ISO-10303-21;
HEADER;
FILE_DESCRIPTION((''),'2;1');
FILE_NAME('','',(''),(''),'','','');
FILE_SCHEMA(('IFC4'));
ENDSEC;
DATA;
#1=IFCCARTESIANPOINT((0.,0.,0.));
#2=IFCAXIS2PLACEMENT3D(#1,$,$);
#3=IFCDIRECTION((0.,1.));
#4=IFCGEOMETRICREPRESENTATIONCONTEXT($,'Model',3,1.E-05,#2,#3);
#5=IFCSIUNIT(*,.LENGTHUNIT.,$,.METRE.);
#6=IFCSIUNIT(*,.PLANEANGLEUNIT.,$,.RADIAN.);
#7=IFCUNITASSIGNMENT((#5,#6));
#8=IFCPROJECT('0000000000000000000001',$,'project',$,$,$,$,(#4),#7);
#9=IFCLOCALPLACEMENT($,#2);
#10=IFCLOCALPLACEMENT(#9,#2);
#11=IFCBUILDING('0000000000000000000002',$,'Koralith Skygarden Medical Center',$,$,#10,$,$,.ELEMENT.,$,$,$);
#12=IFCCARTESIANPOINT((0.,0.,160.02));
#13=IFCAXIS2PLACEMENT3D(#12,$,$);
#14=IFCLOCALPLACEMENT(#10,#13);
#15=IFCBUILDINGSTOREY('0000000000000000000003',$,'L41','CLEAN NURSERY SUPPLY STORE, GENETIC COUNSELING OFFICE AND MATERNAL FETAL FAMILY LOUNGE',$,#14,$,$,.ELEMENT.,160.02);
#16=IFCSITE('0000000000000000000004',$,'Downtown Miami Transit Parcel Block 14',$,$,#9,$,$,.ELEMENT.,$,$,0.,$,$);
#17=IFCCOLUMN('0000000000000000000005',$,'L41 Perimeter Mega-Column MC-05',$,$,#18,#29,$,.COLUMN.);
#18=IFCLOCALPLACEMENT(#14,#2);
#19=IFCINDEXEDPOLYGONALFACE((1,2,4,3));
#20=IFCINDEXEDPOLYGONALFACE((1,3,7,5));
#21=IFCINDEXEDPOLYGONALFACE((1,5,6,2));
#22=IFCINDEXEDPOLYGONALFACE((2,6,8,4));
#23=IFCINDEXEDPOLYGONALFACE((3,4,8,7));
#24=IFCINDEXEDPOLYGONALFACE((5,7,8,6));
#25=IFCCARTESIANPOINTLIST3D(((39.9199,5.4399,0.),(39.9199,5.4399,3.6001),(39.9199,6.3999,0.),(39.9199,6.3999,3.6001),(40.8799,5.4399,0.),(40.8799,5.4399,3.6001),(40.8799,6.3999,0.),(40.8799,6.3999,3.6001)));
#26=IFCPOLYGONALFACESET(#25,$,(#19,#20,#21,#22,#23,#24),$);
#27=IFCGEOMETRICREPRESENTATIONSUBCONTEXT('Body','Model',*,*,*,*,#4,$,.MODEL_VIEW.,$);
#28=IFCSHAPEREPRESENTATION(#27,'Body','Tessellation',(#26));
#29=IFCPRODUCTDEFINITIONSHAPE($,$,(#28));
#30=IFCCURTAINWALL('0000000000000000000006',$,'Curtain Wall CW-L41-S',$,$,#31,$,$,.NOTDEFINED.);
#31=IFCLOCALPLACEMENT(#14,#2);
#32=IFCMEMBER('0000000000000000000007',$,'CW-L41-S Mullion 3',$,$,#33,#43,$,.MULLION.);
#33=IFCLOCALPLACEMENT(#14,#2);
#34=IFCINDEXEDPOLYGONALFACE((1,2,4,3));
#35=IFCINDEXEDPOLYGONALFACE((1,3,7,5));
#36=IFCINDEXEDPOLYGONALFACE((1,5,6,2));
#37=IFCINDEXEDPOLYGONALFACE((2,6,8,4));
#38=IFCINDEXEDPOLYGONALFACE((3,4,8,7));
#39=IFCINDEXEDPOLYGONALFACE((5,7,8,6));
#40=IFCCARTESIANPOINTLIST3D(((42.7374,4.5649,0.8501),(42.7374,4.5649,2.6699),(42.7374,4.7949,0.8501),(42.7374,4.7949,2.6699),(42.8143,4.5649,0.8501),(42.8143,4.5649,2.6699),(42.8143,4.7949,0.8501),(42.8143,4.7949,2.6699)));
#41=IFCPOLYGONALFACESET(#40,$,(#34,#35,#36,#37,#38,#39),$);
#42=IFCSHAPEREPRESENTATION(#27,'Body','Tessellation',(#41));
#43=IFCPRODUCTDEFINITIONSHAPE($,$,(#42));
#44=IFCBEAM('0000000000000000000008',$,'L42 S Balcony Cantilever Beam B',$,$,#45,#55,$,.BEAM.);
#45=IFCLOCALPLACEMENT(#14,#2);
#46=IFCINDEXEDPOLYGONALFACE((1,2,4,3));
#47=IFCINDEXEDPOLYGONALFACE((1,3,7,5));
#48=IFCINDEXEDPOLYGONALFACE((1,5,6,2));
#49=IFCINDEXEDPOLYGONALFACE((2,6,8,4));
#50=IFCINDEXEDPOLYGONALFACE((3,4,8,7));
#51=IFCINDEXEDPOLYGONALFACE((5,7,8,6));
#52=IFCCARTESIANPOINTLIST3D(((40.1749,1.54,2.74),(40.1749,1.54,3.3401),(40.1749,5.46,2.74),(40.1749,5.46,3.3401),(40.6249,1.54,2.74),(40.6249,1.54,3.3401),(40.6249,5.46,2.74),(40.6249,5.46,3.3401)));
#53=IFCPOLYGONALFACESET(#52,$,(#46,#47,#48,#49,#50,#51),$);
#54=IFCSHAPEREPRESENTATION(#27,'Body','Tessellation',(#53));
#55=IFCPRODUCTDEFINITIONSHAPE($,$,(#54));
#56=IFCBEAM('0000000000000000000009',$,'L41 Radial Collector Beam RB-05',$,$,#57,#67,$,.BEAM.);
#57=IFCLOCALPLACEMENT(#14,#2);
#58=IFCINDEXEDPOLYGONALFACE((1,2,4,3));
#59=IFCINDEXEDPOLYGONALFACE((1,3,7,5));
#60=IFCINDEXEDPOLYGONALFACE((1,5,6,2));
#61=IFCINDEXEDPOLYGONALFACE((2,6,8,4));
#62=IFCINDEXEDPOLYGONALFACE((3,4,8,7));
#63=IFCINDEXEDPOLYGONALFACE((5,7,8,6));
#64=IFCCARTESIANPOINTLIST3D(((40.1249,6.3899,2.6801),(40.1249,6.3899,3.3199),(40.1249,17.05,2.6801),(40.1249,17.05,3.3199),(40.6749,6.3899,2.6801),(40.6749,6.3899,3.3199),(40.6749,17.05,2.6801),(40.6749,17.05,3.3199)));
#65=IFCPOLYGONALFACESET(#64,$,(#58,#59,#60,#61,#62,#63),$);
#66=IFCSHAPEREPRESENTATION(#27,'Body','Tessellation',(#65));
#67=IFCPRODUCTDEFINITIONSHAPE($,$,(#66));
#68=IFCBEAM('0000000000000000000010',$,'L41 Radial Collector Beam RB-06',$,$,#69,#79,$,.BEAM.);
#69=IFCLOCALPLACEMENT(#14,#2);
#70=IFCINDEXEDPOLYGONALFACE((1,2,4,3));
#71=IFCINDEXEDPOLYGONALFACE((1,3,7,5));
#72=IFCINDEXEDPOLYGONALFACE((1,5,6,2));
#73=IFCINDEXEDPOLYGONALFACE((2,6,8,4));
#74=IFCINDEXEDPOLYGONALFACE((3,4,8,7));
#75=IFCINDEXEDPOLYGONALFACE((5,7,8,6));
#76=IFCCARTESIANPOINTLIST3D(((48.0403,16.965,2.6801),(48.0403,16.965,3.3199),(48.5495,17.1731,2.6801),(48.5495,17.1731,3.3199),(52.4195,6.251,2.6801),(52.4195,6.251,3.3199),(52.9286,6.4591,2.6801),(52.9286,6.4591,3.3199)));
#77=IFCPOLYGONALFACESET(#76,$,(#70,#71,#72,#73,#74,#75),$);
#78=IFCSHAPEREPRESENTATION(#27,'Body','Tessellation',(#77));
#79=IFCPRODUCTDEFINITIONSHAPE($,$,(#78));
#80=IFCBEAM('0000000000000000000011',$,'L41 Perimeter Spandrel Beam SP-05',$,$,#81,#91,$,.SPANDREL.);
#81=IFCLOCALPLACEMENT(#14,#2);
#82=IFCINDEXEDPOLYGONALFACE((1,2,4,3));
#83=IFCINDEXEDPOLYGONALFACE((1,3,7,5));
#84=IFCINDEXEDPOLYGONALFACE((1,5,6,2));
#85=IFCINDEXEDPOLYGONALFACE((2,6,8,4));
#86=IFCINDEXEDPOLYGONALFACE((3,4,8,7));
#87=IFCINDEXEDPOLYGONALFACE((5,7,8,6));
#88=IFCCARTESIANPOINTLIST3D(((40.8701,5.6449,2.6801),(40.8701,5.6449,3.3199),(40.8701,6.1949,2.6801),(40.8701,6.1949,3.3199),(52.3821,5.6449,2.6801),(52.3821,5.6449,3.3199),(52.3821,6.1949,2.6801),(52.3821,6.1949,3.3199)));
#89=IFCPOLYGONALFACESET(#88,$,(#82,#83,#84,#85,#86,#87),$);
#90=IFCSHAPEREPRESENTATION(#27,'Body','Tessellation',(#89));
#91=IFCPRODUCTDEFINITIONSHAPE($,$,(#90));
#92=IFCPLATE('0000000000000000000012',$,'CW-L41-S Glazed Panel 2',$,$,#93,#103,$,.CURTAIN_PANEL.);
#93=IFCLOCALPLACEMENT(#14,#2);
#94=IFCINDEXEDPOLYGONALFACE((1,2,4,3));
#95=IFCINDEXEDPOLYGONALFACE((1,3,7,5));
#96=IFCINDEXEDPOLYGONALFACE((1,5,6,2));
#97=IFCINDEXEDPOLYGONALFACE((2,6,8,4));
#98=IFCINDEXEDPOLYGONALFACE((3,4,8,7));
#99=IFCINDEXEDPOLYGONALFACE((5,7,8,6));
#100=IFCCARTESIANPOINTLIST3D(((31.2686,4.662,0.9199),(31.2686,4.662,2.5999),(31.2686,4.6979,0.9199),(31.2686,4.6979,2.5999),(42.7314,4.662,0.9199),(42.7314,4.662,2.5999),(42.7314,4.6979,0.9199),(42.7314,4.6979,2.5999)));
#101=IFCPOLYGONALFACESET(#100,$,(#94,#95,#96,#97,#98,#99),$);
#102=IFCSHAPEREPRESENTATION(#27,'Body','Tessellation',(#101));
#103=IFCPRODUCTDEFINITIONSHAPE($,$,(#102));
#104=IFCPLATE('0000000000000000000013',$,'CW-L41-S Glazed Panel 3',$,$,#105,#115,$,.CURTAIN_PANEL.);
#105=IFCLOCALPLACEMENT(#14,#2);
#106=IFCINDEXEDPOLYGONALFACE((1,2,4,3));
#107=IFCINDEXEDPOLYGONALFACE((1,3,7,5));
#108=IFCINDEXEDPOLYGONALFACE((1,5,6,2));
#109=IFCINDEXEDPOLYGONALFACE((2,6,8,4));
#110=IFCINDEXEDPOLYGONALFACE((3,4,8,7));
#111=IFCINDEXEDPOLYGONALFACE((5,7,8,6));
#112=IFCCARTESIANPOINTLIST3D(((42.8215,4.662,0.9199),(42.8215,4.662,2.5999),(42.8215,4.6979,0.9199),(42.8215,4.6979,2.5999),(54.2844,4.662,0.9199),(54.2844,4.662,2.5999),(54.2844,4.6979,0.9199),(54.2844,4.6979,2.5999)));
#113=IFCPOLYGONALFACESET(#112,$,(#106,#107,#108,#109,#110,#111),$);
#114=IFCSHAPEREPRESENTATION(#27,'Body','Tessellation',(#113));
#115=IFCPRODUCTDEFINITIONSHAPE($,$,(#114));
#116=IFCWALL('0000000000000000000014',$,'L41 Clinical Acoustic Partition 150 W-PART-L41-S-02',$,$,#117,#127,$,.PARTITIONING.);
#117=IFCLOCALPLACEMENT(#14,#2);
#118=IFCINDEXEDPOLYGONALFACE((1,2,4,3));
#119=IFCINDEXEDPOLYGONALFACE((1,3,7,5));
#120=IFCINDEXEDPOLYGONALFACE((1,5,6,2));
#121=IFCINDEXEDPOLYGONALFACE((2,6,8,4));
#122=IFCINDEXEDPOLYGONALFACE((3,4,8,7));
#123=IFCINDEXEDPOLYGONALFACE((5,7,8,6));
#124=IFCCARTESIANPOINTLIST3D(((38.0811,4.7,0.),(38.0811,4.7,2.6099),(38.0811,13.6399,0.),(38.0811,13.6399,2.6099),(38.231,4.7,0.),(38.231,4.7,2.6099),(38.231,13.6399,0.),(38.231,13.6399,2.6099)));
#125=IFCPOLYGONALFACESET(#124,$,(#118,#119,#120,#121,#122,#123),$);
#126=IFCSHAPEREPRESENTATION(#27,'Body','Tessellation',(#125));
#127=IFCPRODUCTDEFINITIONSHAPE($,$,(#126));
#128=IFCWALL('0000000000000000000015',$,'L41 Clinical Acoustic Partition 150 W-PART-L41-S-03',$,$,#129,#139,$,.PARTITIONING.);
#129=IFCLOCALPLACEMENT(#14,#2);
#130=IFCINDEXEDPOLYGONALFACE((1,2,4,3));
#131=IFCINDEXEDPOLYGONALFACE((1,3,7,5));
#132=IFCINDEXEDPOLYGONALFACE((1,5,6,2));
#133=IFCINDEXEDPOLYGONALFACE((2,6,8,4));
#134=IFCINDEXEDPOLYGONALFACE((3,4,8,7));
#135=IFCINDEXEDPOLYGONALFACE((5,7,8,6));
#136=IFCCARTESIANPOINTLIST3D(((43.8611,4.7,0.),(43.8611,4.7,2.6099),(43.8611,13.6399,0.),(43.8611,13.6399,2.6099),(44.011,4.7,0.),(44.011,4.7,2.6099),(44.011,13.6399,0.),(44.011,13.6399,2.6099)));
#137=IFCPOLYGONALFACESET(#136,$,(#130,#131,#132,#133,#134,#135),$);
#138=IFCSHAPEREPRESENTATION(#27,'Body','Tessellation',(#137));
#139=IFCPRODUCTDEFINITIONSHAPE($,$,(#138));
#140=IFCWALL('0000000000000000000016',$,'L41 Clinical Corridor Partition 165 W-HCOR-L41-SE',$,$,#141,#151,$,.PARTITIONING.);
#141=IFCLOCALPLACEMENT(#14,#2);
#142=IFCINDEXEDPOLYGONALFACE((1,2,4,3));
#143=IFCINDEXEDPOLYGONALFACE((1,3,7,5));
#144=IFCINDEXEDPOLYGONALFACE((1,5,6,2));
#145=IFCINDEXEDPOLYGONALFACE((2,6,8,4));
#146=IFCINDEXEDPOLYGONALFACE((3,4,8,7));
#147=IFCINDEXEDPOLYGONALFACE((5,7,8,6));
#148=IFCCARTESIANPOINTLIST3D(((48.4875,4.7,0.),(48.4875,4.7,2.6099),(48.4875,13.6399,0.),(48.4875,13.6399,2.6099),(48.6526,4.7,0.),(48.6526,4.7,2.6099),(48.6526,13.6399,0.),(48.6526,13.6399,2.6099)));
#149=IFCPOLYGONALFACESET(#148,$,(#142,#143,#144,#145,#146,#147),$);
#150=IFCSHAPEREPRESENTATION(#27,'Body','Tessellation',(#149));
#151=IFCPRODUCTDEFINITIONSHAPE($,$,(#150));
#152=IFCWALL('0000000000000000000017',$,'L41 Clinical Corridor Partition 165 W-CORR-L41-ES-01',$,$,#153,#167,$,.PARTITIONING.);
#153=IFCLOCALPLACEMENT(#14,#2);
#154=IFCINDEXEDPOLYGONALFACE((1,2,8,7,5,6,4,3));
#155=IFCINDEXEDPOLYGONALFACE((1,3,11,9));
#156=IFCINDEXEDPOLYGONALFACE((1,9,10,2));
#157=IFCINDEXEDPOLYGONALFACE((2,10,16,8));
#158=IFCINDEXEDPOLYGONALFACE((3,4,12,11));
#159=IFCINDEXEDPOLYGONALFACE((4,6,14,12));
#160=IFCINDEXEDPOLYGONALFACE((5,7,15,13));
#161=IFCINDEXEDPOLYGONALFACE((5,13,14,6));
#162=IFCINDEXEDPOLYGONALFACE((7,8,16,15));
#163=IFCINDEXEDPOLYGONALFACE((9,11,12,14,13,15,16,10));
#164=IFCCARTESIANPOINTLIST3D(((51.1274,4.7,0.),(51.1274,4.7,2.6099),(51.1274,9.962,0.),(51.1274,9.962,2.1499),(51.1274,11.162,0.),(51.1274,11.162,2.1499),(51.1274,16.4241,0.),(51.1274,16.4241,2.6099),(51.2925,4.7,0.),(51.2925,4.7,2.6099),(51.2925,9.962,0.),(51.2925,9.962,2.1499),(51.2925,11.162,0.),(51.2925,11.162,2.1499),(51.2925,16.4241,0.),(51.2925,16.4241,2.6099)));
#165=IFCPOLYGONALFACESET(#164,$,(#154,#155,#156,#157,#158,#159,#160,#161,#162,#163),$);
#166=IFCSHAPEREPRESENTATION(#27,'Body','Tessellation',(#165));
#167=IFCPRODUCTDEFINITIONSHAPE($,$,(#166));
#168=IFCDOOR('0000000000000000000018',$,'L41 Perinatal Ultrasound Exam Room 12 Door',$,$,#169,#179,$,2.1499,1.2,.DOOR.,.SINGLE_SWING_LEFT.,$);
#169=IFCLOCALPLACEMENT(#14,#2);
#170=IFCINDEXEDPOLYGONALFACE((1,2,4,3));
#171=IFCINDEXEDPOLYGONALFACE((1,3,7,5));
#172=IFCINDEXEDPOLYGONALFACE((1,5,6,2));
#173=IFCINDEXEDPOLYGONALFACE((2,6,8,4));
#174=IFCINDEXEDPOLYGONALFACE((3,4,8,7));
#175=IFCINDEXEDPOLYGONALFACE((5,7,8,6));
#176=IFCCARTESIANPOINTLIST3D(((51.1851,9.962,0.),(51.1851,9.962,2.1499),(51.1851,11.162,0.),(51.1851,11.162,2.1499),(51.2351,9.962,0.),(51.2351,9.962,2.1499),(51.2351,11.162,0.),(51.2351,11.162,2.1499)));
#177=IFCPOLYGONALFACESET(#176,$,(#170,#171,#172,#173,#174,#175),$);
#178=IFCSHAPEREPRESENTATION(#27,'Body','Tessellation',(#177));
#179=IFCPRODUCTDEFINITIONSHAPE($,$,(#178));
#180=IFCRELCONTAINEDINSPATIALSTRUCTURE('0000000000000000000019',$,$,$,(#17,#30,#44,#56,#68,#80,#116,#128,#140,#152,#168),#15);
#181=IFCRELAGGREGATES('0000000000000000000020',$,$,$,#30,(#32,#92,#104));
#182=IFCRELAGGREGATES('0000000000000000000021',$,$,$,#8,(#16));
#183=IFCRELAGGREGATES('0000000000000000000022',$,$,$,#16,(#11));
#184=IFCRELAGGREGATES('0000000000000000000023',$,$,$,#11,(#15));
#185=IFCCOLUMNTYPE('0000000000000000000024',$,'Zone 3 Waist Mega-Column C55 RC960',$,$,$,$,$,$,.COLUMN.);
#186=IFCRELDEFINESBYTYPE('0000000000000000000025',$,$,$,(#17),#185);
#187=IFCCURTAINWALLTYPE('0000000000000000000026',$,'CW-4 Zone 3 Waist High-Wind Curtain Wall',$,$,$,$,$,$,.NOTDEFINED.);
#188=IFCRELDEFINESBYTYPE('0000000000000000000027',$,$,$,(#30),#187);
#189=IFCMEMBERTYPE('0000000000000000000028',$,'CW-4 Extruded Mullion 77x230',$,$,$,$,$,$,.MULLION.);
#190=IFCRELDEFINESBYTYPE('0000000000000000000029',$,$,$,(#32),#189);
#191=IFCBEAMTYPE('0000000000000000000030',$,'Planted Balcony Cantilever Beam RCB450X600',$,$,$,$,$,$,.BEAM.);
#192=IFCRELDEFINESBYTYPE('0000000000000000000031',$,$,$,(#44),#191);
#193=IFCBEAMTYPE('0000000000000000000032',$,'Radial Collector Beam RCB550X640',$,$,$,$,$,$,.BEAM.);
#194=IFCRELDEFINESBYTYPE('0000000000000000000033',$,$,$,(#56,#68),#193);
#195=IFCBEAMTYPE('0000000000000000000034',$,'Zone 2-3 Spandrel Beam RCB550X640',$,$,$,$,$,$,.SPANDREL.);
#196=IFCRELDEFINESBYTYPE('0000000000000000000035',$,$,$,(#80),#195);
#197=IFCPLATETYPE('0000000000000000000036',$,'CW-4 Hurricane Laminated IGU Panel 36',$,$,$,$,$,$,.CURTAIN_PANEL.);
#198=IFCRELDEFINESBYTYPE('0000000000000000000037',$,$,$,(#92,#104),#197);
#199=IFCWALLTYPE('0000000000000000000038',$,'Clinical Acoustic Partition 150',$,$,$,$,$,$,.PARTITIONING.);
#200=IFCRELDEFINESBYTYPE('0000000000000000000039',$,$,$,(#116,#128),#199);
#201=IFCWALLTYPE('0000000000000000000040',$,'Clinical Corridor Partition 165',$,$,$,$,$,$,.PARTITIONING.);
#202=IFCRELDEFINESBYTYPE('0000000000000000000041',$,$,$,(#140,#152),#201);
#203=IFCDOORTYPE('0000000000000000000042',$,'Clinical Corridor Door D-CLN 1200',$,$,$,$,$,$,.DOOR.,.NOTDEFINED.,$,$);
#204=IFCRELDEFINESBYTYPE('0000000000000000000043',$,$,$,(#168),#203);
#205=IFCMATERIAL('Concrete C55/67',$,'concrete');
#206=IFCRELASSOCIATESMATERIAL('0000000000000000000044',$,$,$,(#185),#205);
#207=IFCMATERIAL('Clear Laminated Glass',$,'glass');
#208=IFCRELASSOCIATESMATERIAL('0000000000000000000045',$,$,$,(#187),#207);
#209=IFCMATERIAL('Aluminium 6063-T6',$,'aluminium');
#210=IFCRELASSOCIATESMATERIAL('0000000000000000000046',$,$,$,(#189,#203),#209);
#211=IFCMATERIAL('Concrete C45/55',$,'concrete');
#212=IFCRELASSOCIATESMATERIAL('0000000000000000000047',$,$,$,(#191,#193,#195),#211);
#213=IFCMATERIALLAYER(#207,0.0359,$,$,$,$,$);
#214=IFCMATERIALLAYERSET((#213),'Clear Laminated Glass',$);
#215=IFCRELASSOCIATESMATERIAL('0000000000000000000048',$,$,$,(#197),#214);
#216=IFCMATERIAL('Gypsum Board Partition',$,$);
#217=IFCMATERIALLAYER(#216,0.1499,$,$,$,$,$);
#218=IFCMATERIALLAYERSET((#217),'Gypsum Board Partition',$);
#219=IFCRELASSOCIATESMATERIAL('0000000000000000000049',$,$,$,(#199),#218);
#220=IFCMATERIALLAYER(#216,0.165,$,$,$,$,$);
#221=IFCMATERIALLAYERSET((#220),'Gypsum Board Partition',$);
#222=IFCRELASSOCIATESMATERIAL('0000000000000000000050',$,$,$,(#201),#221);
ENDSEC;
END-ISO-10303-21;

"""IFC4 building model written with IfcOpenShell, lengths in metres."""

from ifc_helpers import new_model, si_unit, direction, frame, frame_2d, origin, origin_2d, place, context, subcontext, project, spatial, rectangle, extrude, material, layer, layer_set, material_profile, profile_set, type_object, element, fill, aggregate, save


model = new_model("IFC4")

# Units and contexts
model_context = context("Model", 3, precision=1e-05, world=origin(), true_north=direction((0.0, 1.0)))
body_context = subcontext(model_context, "Body", "Model", "MODEL_VIEW")
ifc_project = project(units=[si_unit("LENGTHUNIT", "METRE"), si_unit("PLANEANGLEUNIT", "RADIAN")], contexts=[model_context])

# Site, building, storey
site_placement = place(None, origin())
site = spatial("IfcSite", under=ifc_project, at=site_placement, Name="Downtown Miami Transit Parcel Block 14", CompositionType="ELEMENT", RefElevation=0.0)
building_placement = place(site_placement, origin())
building = spatial("IfcBuilding", under=site, at=building_placement, Name="Koralith Skygarden Medical Center", CompositionType="ELEMENT")
storey_placement = place(building_placement, frame((0.0, 0.0, 160.02)))
storey = spatial("IfcBuildingStorey", under=building, at=storey_placement, Name="L41", Description="CLEAN NURSERY SUPPLY STORE, GENETIC COUNSELING OFFICE AND MATERNAL FETAL FAMILY LOUNGE", CompositionType="ELEMENT", Elevation=160.02)

# Column
ifc_material_1 = material(Name="Concrete C55/67", Category="concrete")
ifc_material_profile_1 = material_profile(ifc_material_1, rectangle(XDim=0.96, YDim=0.96, at=origin_2d()), Name="RC960X960")
ifc_profile_set_1 = profile_set([ifc_material_profile_1], Name="Concrete C55/67")
column_type = type_object("IfcColumnType", Name="Zone 3 Waist Mega-Column C55 RC960", PredefinedType="COLUMN", material=ifc_profile_set_1)
column_placement = place(storey_placement, frame((40.3999, 5.9199, 0.0), z_axis=(0.0, 0.0, 1.0), x_axis=(1.0, 0.0, 0.0)))
element("IfcColumn", 1, at=column_placement, inside=storey, type_object=column_type, Name="L41 Perimeter Mega-Column MC-05", PredefinedType="COLUMN", context=body_context, shape_type="SweptSolid", body=[
    extrude(rectangle(XDim=0.96, YDim=0.96, at=origin_2d()), origin(), (0.0, 0.0, 1.0), 3.6001),
])

# Curtain wall, member
ifc_material_2 = material(Name="Clear Laminated Glass", Category="glass")
curtain_wall_type = type_object("IfcCurtainWallType", Name="CW-4 Zone 3 Waist High-Wind Curtain Wall", PredefinedType="NOTDEFINED", material=ifc_material_2)
curtain_wall_placement = place(storey_placement, origin())
curtain_wall = element("IfcCurtainWall", 2, at=curtain_wall_placement, inside=storey, type_object=curtain_wall_type, Name="Curtain Wall CW-L41-S", PredefinedType="NOTDEFINED")
ifc_material_3 = material(Name="Aluminium 6063-T6", Category="aluminium")
ifc_material_profile_2 = material_profile(ifc_material_3, rectangle(XDim=0.0769, YDim=0.23, at=origin_2d()), Name="MUL77X230")
ifc_profile_set_2 = profile_set([ifc_material_profile_2], Name="Aluminium 6063-T6")
member_type = type_object("IfcMemberType", Name="CW-4 Extruded Mullion 77x230", PredefinedType="MULLION", material=ifc_profile_set_2)
member_placement = place(storey_placement, frame((42.7759, 4.6799, 0.8501), z_axis=(0.0, 0.0, 1.0), x_axis=(1.0, 0.0, 0.0)))
member = element("IfcMember", 3, at=member_placement, type_object=member_type, Name="CW-L41-S Mullion 3", PredefinedType="MULLION", context=body_context, shape_type="SweptSolid", body=[
    extrude(rectangle(XDim=0.0769, YDim=0.23, at=origin_2d()), origin(), (0.0, 0.0, 1.0), 1.8198),
])

# Beams
ifc_material_4 = material(Name="Concrete C45/55", Category="concrete")
ifc_material_profile_3 = material_profile(ifc_material_4, rectangle(XDim=0.45, YDim=0.6001, at=origin_2d()), Name="RCB450X600")
ifc_profile_set_3 = profile_set([ifc_material_profile_3], Name="Concrete C45/55")
beam_type_1 = type_object("IfcBeamType", Name="Planted Balcony Cantilever Beam RCB450X600", PredefinedType="BEAM", material=ifc_profile_set_3)
beam_1_placement = place(storey_placement, frame((40.3999, 5.46, 3.04), z_axis=(0.0, -1.0, 0.0), x_axis=(1.0, 0.0, 0.0)))
element("IfcBeam", 4, at=beam_1_placement, inside=storey, type_object=beam_type_1, Name="L42 S Balcony Cantilever Beam B", PredefinedType="BEAM", context=body_context, shape_type="SweptSolid", body=[
    extrude(rectangle(XDim=0.45, YDim=0.6001, at=origin_2d()), origin(), (0.0, 0.0, 1.0), 3.9199),
])
ifc_material_profile_4 = material_profile(ifc_material_4, rectangle(XDim=0.55, YDim=0.6399, at=origin_2d()), Name="RCB550X640")
ifc_profile_set_4 = profile_set([ifc_material_profile_4], Name="Concrete C45/55")
beam_type_2 = type_object("IfcBeamType", Name="Radial Collector Beam RCB550X640", PredefinedType="BEAM", material=ifc_profile_set_4)
beam_2_placement = place(storey_placement, frame((40.3999, 17.05, 3.0), z_axis=(0.0, -1.0, 0.0), x_axis=(1.0, 0.0, 0.0)))
element("IfcBeam", 5, at=beam_2_placement, inside=storey, type_object=beam_type_2, Name="L41 Radial Collector Beam RB-05", PredefinedType="BEAM", context=body_context, shape_type="SweptSolid", body=[
    extrude(rectangle(XDim=0.55, YDim=0.6399, at=origin_2d()), origin(), (0.0, 0.0, 1.0), 10.6602),
])
beam_3_placement = place(storey_placement, frame((48.2949, 17.0691, 3.0), z_axis=(0.378345, -0.925665, 0.0), x_axis=(0.925665, 0.378345, 0.0)))
element("IfcBeam", 6, at=beam_3_placement, inside=storey, type_object=beam_type_2, Name="L41 Radial Collector Beam RB-06", PredefinedType="BEAM", context=body_context, shape_type="SweptSolid", body=[
    extrude(rectangle(XDim=0.55, YDim=0.6399, at=origin_2d()), origin(), (0.0, 0.0, 1.0), 11.5745),
])
ifc_material_profile_5 = material_profile(ifc_material_4, rectangle(XDim=0.55, YDim=0.6399, at=origin_2d()), Name="RCB550X640")
ifc_profile_set_5 = profile_set([ifc_material_profile_5], Name="Concrete C45/55")
beam_type_3 = type_object("IfcBeamType", Name="Zone 2-3 Spandrel Beam RCB550X640", PredefinedType="SPANDREL", material=ifc_profile_set_5)
beam_4_placement = place(storey_placement, frame((40.8701, 5.9199, 3.0), z_axis=(1.0, 0.0, 0.0), x_axis=(0.0, 1.0, 0.0)))
element("IfcBeam", 7, at=beam_4_placement, inside=storey, type_object=beam_type_3, Name="L41 Perimeter Spandrel Beam SP-05", PredefinedType="SPANDREL", context=body_context, shape_type="SweptSolid", body=[
    extrude(rectangle(XDim=0.55, YDim=0.6399, at=origin_2d()), origin(), (0.0, 0.0, 1.0), 11.512),
])

# Plates
ifc_layer_1 = layer(ifc_material_2, 0.0359)
ifc_layer_set_1 = layer_set([ifc_layer_1], Name="Clear Laminated Glass")
plate_type = type_object("IfcPlateType", Name="CW-4 Hurricane Laminated IGU Panel 36", PredefinedType="CURTAIN_PANEL", material=ifc_layer_set_1)
plate_1_placement = place(storey_placement, frame((37.0, 4.6799, 0.9199), z_axis=(0.0, 0.0, 1.0), x_axis=(1.0, 0.0, 0.0)))
plate_1 = element("IfcPlate", 8, at=plate_1_placement, type_object=plate_type, Name="CW-L41-S Glazed Panel 2", PredefinedType="CURTAIN_PANEL", context=body_context, shape_type="SweptSolid", body=[
    extrude(rectangle(XDim=11.4629, YDim=0.0359, at=origin_2d()), origin(), (0.0, 0.0, 1.0), 1.6799),
])
plate_2_placement = place(storey_placement, frame((48.553, 4.6799, 0.9199), z_axis=(0.0, 0.0, 1.0), x_axis=(1.0, 0.0, 0.0)))
plate_2 = element("IfcPlate", 9, at=plate_2_placement, type_object=plate_type, Name="CW-L41-S Glazed Panel 3", PredefinedType="CURTAIN_PANEL", context=body_context, shape_type="SweptSolid", body=[
    extrude(rectangle(XDim=11.4629, YDim=0.0359, at=origin_2d()), origin(), (0.0, 0.0, 1.0), 1.6799),
])
aggregate(curtain_wall, [member, plate_1, plate_2])

# Walls
ifc_material_5 = material(Name="Gypsum Board Partition")
ifc_layer_2 = layer(ifc_material_5, 0.1499)
ifc_layer_set_2 = layer_set([ifc_layer_2], Name="Gypsum Board Partition")
wall_type_1 = type_object("IfcWallType", Name="Clinical Acoustic Partition 150", PredefinedType="PARTITIONING", material=ifc_layer_set_2)
for number, where, z_axis, x_axis, name in (
    (10, (38.156, 13.6399, 0.0), (0.0, 0.0, 1.0), (0.0, -1.0, 0.0), "L41 Clinical Acoustic Partition 150 W-PART-L41-S-02"),
    (11, (43.936, 13.6399, 0.0), (0.0, 0.0, 1.0), (0.0, -1.0, 0.0), "L41 Clinical Acoustic Partition 150 W-PART-L41-S-03"),
):
    element("IfcWall", number, at=place(storey_placement, frame(where, z_axis=z_axis, x_axis=x_axis)), inside=storey, type_object=wall_type_1, Name=name, PredefinedType="PARTITIONING", context=body_context, shape_type="SweptSolid", body=[
        extrude(rectangle(XDim=8.9399, YDim=0.1499, at=frame_2d((4.47, 0.0))), origin(), (0.0, 0.0, 1.0), 2.6099),
    ])
ifc_layer_3 = layer(ifc_material_5, 0.165)
ifc_layer_set_3 = layer_set([ifc_layer_3], Name="Gypsum Board Partition")
wall_type_2 = type_object("IfcWallType", Name="Clinical Corridor Partition 165", PredefinedType="PARTITIONING", material=ifc_layer_set_3)
wall_1_placement = place(storey_placement, frame((48.5701, 4.7, 0.0), z_axis=(0.0, 0.0, 1.0), x_axis=(0.0, 1.0, 0.0)))
element("IfcWall", 12, at=wall_1_placement, inside=storey, type_object=wall_type_2, Name="L41 Clinical Corridor Partition 165 W-HCOR-L41-SE", PredefinedType="PARTITIONING", context=body_context, shape_type="SweptSolid", body=[
    extrude(rectangle(XDim=8.9399, YDim=0.165, at=frame_2d((4.47, 0.0))), origin(), (0.0, 0.0, 1.0), 2.6099),
])

# Wall, opening, door
door_type_1 = type_object("IfcDoorType", Name="Clinical Corridor Door D-CLN 1200", OperationType="NOTDEFINED", PredefinedType="DOOR", material=ifc_material_3)
wall_2_placement = place(storey_placement, frame((51.21, 4.7, 0.0), z_axis=(0.0, 0.0, 1.0), x_axis=(0.0, 1.0, 0.0)))
wall_2 = element("IfcWall", 13, at=wall_2_placement, inside=storey, type_object=wall_type_2, Name="L41 Clinical Corridor Partition 165 W-CORR-L41-ES-01", PredefinedType="PARTITIONING", context=body_context, shape_type="SweptSolid", body=[
    extrude(rectangle(XDim=11.7241, YDim=0.165, at=frame_2d((5.8621, 0.0))), origin(), (0.0, 0.0, 1.0), 2.6099),
])
opening_1_placement = place(wall_2_placement, frame((5.262, 0.0, 0.0)))
opening_1 = element("IfcOpeningElement", 14, at=opening_1_placement, cuts=wall_2, PredefinedType="OPENING", context=body_context, shape_type="SweptSolid", body=[
    extrude(rectangle(XDim=1.2, YDim=2.1499, at=frame_2d((0.6001, 1.075))), frame((0.0, 0.0925, 0.0), z_axis=(0.0, -1.0, 0.0), x_axis=(1.0, 0.0, 0.0)), (0.0, 0.0, 1.0), 0.1851),
])
door_1_placement = place(opening_1_placement, origin())
door_1 = element("IfcDoor", 15, at=door_1_placement, inside=storey, type_object=door_type_1, Name="L41 Perinatal Ultrasound Exam Room 12 Door", OperationType="SINGLE_SWING_LEFT", OverallHeight=2.1499, OverallWidth=1.2, PredefinedType="DOOR", context=body_context, shape_type="SweptSolid", body=[
    extrude(rectangle(XDim=1.2, YDim=2.1499, at=frame_2d((0.6001, 1.075))), frame((0.0, 0.0249, 0.0), z_axis=(0.0, -1.0, 0.0), x_axis=(1.0, 0.0, 0.0)), (0.0, 0.0, 1.0), 0.05),
])
fill(opening_1, door_1)

save(model, "model.ifc")
